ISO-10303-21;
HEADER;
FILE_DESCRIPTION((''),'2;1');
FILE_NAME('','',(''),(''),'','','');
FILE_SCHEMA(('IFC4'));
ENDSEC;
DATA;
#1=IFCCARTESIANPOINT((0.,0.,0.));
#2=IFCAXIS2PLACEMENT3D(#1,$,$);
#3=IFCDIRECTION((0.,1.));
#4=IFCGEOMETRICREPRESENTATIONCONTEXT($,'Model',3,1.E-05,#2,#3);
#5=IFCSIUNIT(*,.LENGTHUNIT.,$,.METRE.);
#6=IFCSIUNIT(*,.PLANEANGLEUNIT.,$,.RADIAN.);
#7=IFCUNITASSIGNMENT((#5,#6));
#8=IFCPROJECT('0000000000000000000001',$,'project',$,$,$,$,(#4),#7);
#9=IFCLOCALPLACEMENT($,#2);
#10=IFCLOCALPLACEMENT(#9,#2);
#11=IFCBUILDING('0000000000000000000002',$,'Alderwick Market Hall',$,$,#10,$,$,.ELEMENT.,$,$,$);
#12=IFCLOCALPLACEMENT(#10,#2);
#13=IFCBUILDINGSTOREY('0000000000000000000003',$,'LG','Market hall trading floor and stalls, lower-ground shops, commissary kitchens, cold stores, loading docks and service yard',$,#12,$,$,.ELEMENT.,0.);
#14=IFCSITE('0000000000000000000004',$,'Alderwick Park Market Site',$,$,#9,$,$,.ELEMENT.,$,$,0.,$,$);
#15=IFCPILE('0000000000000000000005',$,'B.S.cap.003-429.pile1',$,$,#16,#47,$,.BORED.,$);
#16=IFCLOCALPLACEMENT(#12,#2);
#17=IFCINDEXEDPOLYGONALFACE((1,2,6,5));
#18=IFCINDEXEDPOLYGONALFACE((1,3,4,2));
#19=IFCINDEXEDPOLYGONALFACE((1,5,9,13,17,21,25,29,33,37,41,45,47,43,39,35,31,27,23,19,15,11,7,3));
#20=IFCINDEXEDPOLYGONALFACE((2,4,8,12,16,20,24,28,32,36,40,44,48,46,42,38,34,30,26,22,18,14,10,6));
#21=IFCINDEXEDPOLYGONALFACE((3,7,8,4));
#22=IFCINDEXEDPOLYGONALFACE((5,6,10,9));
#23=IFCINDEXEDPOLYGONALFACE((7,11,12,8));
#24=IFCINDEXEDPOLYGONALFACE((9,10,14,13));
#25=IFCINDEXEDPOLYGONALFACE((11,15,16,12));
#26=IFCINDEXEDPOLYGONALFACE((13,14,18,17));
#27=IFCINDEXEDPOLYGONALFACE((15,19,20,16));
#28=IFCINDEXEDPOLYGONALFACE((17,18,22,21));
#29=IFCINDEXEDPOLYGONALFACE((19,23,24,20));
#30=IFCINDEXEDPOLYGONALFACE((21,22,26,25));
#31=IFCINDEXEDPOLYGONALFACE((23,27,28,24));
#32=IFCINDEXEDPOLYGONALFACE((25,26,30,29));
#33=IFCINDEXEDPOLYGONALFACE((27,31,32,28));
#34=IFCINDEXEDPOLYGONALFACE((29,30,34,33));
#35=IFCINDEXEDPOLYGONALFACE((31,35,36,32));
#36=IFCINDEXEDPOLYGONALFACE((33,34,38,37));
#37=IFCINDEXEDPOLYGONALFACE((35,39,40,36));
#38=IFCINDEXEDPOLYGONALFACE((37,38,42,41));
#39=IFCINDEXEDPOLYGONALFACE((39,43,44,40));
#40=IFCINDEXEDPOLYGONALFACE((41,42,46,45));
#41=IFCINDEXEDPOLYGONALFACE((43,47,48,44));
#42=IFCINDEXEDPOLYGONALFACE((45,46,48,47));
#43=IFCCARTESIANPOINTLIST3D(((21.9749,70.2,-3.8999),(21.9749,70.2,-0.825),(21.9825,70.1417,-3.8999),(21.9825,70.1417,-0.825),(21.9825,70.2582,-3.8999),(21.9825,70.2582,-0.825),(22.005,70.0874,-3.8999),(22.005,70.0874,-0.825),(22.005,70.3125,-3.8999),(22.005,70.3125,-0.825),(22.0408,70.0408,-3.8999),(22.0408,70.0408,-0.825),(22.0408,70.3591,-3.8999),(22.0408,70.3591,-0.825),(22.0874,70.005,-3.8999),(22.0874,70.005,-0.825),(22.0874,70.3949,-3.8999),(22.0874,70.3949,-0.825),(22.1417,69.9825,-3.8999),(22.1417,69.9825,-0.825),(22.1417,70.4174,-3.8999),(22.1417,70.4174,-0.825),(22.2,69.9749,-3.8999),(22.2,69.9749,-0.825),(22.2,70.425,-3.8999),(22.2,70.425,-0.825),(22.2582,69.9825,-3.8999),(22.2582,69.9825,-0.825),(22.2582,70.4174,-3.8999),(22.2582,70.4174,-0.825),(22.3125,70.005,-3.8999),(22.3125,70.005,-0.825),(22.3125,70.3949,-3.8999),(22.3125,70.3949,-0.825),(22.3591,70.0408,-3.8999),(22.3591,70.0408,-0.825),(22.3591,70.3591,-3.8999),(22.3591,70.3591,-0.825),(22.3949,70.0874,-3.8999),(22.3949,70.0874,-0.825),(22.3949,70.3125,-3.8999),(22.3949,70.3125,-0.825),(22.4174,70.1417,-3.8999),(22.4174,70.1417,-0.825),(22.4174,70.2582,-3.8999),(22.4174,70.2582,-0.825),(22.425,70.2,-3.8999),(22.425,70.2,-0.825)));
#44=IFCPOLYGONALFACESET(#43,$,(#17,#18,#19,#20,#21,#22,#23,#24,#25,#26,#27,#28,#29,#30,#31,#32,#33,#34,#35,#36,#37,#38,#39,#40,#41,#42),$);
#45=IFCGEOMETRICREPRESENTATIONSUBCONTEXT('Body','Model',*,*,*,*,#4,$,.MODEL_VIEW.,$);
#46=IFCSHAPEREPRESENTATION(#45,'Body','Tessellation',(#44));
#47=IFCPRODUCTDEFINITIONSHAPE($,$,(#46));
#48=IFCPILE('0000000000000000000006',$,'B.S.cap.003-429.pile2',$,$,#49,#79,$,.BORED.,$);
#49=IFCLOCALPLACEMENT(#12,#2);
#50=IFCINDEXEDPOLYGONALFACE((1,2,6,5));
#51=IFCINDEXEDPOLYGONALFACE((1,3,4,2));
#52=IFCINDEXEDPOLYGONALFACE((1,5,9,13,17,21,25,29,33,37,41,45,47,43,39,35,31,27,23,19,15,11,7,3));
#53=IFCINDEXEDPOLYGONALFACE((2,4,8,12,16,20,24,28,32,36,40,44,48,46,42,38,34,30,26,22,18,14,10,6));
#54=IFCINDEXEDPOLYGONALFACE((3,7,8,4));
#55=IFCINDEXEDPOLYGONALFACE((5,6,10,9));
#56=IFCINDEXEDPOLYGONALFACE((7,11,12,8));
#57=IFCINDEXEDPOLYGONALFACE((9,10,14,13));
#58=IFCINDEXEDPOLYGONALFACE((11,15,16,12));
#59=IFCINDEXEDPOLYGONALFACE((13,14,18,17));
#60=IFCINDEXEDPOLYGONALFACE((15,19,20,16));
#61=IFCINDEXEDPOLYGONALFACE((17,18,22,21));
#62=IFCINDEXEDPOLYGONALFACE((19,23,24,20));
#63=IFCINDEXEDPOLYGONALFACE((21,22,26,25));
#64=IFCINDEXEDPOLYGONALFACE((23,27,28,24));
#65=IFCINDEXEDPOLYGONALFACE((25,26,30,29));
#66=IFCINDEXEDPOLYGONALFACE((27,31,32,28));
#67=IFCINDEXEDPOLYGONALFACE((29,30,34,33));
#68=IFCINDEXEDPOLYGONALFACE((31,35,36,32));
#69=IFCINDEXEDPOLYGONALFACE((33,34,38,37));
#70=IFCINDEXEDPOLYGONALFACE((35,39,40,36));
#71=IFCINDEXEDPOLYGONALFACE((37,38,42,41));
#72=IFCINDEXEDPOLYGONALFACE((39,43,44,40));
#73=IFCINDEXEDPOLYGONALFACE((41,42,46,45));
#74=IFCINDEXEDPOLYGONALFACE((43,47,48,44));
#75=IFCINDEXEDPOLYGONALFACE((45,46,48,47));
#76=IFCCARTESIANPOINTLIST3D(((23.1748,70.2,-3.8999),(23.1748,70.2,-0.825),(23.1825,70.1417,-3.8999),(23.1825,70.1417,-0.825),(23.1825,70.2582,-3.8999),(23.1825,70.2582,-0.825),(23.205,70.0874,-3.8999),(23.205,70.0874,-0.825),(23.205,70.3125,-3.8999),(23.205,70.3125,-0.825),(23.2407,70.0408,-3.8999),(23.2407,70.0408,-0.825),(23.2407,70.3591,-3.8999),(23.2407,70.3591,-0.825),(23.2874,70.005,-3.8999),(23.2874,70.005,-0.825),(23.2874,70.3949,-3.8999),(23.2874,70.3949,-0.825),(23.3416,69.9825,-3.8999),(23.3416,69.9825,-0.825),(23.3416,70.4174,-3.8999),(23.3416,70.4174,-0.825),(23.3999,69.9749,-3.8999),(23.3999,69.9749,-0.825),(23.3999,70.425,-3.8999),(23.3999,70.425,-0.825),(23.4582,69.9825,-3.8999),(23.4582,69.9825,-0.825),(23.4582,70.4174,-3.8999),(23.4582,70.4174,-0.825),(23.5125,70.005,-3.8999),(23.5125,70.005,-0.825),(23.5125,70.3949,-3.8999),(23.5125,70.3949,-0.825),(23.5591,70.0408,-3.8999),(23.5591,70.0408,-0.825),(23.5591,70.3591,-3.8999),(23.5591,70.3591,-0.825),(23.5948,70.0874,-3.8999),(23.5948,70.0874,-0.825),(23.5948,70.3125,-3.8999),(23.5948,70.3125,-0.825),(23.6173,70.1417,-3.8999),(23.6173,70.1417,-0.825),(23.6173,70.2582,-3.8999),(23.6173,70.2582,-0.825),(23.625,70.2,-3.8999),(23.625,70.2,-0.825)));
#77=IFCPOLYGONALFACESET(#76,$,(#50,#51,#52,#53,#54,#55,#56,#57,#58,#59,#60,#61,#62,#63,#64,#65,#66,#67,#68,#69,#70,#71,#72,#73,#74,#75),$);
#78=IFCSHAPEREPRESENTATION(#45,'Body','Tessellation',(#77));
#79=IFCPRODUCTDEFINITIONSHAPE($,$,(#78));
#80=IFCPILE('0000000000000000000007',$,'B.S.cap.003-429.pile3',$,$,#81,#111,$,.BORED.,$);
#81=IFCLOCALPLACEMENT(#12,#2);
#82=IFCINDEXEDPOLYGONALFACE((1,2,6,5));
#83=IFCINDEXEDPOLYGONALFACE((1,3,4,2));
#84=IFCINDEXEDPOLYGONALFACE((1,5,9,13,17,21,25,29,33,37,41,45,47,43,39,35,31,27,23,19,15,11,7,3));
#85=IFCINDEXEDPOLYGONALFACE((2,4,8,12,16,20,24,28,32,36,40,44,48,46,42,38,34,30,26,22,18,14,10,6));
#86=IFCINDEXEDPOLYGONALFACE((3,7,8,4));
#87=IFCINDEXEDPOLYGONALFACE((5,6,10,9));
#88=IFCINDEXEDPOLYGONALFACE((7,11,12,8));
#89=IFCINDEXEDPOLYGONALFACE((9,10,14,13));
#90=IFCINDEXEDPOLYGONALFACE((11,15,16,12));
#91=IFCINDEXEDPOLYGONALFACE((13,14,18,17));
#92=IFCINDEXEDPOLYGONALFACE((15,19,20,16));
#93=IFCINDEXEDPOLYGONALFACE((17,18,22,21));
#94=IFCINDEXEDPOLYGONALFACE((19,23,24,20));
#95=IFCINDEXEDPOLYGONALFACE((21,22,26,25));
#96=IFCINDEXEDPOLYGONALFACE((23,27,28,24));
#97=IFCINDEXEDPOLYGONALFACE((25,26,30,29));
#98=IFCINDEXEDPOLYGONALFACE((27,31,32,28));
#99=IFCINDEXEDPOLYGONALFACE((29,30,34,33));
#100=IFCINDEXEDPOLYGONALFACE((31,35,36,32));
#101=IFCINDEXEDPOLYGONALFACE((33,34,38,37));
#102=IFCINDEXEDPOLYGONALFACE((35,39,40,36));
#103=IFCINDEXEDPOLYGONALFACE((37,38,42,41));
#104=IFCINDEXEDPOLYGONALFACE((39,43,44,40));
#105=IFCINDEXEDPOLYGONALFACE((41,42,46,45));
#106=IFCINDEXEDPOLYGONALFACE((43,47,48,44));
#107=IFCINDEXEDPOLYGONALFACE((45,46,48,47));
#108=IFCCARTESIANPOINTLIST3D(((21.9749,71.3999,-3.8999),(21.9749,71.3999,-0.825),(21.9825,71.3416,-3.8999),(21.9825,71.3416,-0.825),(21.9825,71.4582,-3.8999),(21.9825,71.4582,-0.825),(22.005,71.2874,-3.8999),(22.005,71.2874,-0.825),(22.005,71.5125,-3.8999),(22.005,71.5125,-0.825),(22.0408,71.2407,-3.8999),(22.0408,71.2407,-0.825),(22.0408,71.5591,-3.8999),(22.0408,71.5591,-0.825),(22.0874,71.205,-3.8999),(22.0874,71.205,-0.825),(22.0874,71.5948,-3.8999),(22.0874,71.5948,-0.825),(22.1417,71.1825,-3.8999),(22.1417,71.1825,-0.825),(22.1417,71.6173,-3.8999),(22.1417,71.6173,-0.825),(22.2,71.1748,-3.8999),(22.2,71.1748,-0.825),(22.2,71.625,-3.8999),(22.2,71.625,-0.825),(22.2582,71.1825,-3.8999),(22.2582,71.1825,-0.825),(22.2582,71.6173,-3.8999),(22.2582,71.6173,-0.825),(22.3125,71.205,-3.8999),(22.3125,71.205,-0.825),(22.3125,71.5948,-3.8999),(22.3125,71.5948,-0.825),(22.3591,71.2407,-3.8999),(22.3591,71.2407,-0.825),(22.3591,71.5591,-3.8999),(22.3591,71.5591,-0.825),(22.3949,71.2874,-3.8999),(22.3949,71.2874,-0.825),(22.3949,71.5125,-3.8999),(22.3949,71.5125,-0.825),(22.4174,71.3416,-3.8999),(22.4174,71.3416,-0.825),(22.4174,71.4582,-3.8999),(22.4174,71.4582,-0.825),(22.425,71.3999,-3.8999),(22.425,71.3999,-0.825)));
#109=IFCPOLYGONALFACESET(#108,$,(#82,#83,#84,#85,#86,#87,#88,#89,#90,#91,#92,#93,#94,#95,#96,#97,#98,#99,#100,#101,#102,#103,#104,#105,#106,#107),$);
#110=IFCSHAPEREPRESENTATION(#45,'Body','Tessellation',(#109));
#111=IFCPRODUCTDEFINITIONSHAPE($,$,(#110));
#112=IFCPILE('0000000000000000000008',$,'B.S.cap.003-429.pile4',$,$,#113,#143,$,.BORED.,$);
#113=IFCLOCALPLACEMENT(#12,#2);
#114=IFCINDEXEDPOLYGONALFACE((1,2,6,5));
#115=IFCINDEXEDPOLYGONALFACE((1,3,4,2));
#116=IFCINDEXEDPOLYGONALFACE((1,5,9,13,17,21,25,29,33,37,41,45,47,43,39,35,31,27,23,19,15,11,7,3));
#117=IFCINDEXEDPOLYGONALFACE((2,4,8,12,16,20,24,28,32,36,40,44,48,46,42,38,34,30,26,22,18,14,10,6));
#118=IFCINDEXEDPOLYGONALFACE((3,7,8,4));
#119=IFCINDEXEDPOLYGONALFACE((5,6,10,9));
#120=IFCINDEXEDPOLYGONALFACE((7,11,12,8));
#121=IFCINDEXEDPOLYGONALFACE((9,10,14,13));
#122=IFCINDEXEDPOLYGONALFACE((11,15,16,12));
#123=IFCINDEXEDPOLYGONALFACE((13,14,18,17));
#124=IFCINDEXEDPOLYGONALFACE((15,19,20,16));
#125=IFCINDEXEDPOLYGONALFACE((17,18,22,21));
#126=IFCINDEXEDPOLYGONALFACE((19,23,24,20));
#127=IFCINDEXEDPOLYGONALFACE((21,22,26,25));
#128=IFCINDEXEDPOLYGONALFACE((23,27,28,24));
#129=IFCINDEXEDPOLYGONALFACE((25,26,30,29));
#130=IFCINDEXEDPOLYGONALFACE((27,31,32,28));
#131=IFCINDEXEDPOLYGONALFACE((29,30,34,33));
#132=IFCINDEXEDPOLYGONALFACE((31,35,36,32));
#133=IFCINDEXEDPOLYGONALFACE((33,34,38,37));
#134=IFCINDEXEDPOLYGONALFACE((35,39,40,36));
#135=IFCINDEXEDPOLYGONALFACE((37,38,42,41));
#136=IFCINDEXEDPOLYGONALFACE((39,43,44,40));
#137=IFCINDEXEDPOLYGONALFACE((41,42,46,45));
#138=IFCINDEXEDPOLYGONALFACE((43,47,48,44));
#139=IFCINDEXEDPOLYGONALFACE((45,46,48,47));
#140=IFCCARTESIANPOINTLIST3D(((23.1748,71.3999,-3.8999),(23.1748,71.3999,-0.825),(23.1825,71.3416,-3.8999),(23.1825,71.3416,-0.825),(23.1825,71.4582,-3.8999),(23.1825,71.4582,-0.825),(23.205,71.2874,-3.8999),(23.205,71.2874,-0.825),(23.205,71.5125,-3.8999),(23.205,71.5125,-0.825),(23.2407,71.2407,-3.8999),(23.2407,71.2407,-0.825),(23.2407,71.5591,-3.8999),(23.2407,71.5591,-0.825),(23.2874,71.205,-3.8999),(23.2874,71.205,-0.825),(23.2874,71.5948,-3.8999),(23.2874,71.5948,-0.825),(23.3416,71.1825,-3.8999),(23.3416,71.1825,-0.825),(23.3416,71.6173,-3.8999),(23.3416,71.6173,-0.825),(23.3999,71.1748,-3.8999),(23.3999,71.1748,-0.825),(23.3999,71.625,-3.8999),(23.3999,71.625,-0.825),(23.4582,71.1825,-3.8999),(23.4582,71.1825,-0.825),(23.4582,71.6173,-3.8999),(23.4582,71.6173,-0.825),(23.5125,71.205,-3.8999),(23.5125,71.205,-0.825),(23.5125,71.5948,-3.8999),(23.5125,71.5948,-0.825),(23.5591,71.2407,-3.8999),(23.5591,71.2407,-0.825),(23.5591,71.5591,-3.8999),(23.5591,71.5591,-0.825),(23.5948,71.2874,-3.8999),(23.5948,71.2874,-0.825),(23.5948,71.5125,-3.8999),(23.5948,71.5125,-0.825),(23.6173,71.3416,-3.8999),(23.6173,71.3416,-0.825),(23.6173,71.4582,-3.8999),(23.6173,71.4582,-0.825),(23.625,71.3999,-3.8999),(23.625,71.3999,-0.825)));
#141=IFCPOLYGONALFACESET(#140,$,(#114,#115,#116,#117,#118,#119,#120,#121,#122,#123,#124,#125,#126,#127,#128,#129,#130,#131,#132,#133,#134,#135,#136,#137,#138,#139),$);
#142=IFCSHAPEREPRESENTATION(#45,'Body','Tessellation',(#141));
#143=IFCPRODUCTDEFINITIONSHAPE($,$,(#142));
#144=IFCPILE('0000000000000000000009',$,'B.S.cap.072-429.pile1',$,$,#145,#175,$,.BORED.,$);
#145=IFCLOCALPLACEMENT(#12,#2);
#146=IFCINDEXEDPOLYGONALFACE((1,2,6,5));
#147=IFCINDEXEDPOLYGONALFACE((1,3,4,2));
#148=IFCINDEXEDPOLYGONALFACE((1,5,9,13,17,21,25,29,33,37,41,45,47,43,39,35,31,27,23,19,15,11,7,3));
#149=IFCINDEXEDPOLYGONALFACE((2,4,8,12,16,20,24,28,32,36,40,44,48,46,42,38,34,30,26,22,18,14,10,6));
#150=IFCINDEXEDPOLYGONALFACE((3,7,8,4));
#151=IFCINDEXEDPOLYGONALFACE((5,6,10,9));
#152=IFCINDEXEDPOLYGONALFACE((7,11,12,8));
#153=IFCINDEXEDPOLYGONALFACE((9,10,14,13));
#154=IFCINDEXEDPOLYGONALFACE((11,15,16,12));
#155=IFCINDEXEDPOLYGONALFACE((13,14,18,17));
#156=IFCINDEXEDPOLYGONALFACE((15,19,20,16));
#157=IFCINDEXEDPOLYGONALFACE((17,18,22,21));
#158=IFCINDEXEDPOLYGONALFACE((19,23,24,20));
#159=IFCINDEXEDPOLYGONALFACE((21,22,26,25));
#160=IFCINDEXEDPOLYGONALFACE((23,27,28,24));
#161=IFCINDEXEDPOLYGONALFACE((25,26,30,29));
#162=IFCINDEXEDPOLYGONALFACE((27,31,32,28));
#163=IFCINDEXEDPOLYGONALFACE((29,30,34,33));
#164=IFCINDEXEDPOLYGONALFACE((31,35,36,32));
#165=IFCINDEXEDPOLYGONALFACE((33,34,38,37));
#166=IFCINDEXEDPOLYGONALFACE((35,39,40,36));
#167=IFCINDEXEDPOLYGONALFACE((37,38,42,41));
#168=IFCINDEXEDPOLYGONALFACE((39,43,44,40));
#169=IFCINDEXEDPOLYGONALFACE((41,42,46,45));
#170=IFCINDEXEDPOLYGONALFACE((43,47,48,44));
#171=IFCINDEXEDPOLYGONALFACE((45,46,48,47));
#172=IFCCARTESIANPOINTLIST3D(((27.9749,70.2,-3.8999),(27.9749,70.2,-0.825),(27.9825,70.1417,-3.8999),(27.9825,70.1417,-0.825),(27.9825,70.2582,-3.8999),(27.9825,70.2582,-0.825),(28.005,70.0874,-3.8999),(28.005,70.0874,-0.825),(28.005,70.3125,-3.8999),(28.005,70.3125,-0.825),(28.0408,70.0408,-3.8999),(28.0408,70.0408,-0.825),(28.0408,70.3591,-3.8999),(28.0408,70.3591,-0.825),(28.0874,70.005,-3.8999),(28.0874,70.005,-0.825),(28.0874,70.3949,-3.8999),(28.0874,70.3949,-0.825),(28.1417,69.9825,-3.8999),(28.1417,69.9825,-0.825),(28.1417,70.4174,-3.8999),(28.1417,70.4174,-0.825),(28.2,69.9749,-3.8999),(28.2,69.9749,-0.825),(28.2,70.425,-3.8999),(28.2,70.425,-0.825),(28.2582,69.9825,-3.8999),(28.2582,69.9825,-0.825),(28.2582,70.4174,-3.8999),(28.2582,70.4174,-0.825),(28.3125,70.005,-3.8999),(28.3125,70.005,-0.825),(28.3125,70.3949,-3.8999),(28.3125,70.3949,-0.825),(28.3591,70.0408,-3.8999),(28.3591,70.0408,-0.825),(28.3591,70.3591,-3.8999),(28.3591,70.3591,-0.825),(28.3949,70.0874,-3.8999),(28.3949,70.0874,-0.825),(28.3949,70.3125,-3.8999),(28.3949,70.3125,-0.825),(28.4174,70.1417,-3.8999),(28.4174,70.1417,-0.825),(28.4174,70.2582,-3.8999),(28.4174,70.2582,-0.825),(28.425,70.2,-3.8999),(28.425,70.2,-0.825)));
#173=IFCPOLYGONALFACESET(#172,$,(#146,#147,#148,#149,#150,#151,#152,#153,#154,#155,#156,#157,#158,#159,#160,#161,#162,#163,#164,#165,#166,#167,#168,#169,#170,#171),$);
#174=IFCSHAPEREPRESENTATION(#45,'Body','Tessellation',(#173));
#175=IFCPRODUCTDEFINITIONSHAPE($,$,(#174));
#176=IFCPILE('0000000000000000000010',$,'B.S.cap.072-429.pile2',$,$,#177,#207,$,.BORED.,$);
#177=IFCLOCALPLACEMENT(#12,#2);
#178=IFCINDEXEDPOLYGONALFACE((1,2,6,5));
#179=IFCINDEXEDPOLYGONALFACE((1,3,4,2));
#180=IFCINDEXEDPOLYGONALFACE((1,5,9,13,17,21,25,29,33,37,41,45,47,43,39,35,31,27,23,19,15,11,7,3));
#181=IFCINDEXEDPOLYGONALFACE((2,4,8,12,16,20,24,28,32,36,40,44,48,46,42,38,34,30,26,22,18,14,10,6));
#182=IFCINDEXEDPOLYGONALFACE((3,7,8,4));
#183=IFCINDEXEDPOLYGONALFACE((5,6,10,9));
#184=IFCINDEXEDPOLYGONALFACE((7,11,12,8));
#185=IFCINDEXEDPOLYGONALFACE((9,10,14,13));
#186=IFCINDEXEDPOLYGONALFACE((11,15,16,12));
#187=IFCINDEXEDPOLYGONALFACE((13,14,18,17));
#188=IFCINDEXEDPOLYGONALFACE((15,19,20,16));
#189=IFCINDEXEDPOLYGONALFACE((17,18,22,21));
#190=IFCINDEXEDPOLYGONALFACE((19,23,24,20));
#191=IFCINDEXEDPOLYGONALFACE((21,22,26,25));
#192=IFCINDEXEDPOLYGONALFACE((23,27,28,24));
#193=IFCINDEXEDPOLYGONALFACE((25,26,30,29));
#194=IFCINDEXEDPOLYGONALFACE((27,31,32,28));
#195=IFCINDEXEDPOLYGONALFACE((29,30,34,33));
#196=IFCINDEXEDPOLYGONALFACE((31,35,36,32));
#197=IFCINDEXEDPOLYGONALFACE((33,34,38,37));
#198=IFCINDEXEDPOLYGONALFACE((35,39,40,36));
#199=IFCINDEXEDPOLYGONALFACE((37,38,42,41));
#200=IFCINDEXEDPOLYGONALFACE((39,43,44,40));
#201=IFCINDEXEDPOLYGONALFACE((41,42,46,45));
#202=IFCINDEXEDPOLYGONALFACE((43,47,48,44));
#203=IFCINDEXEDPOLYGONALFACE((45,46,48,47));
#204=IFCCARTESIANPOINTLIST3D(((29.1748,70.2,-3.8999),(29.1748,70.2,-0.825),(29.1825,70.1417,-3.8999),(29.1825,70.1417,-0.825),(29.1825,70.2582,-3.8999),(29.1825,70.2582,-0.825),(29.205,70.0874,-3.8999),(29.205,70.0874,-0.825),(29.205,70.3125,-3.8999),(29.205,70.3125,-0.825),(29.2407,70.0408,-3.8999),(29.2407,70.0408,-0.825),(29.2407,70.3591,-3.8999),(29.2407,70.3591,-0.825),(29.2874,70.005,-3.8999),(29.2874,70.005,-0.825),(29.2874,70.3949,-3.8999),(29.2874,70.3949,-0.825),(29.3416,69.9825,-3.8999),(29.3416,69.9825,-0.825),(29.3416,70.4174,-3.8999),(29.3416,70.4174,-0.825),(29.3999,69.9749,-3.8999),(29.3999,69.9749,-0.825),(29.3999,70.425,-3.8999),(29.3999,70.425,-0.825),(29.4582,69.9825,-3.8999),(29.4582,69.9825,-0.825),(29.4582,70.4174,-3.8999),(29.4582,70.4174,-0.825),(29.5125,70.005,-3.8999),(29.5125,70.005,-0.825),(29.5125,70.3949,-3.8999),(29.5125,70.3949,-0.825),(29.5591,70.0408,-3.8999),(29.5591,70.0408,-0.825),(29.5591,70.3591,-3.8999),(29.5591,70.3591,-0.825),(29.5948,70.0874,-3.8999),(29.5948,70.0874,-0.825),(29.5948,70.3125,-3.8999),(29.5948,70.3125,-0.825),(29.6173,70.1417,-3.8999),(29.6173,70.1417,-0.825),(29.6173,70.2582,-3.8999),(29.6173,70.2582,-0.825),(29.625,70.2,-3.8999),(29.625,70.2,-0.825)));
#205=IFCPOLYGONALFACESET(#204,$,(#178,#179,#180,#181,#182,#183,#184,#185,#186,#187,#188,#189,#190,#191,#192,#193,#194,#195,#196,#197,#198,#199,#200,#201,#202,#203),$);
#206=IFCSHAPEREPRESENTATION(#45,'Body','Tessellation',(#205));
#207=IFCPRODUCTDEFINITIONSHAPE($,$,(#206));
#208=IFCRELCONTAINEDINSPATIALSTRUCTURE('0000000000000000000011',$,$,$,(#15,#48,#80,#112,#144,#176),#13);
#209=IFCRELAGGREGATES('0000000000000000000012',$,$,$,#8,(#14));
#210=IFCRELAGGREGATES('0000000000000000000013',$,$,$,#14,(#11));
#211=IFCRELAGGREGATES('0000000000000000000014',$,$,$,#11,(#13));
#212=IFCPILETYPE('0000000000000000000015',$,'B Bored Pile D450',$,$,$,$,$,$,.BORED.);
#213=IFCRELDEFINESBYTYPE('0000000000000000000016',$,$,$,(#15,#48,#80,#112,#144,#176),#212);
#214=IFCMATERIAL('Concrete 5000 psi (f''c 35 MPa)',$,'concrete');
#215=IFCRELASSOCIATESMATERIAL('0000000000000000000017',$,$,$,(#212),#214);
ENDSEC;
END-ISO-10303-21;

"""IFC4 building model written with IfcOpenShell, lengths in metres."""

from ifc_helpers import new_model, si_unit, direction, frame, origin, origin_2d, place, context, subcontext, project, spatial, circle, extrude, material, material_profile, profile_set, type_object, element, save


model = new_model("IFC4")

# Units and contexts
model_context = context("Model", 3, precision=1e-05, world=origin(), true_north=direction((0.0, 1.0)))
body_context = subcontext(model_context, "Body", "Model", "MODEL_VIEW")
ifc_project = project(units=[si_unit("LENGTHUNIT", "METRE"), si_unit("PLANEANGLEUNIT", "RADIAN")], contexts=[model_context])

# Site, building, storey
site_placement = place(None, origin())
site = spatial("IfcSite", under=ifc_project, at=site_placement, Name="Alderwick Park Market Site", CompositionType="ELEMENT", RefElevation=0.0)
building_placement = place(site_placement, origin())
building = spatial("IfcBuilding", under=site, at=building_placement, Name="Alderwick Market Hall", CompositionType="ELEMENT")
storey_placement = place(building_placement, origin())
storey = spatial("IfcBuildingStorey", under=building, at=storey_placement, Name="LG", Description="Market hall trading floor and stalls, lower-ground shops, commissary kitchens, cold stores, loading docks and service yard", CompositionType="ELEMENT", Elevation=0.0)

# Piles
ifc_material_1 = material(Name="Concrete 5000 psi (f'c 35 MPa)", Category="concrete")
ifc_material_profile_1 = material_profile(ifc_material_1, circle(Radius=0.2251, at=origin_2d()), Name="B Bored Pile D450")
ifc_profile_set_1 = profile_set([ifc_material_profile_1], Name="Concrete 5000 psi (f'c 35 MPa)")
pile_type = type_object("IfcPileType", Name="B Bored Pile D450", PredefinedType="BORED", material=ifc_profile_set_1)
for number, where, z_axis, x_axis, name in (
    (1, (22.2, 70.2, -0.825), (0.0, 0.0, -1.0), (1.0, 0.0, 0.0), "B.S.cap.003-429.pile1"),
    (2, (23.3999, 70.2, -0.825), (0.0, 0.0, -1.0), (1.0, 0.0, 0.0), "B.S.cap.003-429.pile2"),
    (3, (22.2, 71.3999, -0.825), (0.0, 0.0, -1.0), (1.0, 0.0, 0.0), "B.S.cap.003-429.pile3"),
    (4, (23.3999, 71.3999, -0.825), (0.0, 0.0, -1.0), (1.0, 0.0, 0.0), "B.S.cap.003-429.pile4"),
    (5, (28.2, 70.2, -0.825), (0.0, 0.0, -1.0), (1.0, 0.0, 0.0), "B.S.cap.072-429.pile1"),
    (6, (29.3999, 70.2, -0.825), (0.0, 0.0, -1.0), (1.0, 0.0, 0.0), "B.S.cap.072-429.pile2"),
):
    element("IfcPile", number, at=place(storey_placement, frame(where, z_axis=z_axis, x_axis=x_axis)), inside=storey, type_object=pile_type, Name=name, PredefinedType="BORED", context=body_context, shape_type="SweptSolid", body=[
        extrude(circle(Radius=0.2251, at=origin_2d()), origin(), (0.0, 0.0, 1.0), 3.075),
    ])

save(model, "model.ifc")
